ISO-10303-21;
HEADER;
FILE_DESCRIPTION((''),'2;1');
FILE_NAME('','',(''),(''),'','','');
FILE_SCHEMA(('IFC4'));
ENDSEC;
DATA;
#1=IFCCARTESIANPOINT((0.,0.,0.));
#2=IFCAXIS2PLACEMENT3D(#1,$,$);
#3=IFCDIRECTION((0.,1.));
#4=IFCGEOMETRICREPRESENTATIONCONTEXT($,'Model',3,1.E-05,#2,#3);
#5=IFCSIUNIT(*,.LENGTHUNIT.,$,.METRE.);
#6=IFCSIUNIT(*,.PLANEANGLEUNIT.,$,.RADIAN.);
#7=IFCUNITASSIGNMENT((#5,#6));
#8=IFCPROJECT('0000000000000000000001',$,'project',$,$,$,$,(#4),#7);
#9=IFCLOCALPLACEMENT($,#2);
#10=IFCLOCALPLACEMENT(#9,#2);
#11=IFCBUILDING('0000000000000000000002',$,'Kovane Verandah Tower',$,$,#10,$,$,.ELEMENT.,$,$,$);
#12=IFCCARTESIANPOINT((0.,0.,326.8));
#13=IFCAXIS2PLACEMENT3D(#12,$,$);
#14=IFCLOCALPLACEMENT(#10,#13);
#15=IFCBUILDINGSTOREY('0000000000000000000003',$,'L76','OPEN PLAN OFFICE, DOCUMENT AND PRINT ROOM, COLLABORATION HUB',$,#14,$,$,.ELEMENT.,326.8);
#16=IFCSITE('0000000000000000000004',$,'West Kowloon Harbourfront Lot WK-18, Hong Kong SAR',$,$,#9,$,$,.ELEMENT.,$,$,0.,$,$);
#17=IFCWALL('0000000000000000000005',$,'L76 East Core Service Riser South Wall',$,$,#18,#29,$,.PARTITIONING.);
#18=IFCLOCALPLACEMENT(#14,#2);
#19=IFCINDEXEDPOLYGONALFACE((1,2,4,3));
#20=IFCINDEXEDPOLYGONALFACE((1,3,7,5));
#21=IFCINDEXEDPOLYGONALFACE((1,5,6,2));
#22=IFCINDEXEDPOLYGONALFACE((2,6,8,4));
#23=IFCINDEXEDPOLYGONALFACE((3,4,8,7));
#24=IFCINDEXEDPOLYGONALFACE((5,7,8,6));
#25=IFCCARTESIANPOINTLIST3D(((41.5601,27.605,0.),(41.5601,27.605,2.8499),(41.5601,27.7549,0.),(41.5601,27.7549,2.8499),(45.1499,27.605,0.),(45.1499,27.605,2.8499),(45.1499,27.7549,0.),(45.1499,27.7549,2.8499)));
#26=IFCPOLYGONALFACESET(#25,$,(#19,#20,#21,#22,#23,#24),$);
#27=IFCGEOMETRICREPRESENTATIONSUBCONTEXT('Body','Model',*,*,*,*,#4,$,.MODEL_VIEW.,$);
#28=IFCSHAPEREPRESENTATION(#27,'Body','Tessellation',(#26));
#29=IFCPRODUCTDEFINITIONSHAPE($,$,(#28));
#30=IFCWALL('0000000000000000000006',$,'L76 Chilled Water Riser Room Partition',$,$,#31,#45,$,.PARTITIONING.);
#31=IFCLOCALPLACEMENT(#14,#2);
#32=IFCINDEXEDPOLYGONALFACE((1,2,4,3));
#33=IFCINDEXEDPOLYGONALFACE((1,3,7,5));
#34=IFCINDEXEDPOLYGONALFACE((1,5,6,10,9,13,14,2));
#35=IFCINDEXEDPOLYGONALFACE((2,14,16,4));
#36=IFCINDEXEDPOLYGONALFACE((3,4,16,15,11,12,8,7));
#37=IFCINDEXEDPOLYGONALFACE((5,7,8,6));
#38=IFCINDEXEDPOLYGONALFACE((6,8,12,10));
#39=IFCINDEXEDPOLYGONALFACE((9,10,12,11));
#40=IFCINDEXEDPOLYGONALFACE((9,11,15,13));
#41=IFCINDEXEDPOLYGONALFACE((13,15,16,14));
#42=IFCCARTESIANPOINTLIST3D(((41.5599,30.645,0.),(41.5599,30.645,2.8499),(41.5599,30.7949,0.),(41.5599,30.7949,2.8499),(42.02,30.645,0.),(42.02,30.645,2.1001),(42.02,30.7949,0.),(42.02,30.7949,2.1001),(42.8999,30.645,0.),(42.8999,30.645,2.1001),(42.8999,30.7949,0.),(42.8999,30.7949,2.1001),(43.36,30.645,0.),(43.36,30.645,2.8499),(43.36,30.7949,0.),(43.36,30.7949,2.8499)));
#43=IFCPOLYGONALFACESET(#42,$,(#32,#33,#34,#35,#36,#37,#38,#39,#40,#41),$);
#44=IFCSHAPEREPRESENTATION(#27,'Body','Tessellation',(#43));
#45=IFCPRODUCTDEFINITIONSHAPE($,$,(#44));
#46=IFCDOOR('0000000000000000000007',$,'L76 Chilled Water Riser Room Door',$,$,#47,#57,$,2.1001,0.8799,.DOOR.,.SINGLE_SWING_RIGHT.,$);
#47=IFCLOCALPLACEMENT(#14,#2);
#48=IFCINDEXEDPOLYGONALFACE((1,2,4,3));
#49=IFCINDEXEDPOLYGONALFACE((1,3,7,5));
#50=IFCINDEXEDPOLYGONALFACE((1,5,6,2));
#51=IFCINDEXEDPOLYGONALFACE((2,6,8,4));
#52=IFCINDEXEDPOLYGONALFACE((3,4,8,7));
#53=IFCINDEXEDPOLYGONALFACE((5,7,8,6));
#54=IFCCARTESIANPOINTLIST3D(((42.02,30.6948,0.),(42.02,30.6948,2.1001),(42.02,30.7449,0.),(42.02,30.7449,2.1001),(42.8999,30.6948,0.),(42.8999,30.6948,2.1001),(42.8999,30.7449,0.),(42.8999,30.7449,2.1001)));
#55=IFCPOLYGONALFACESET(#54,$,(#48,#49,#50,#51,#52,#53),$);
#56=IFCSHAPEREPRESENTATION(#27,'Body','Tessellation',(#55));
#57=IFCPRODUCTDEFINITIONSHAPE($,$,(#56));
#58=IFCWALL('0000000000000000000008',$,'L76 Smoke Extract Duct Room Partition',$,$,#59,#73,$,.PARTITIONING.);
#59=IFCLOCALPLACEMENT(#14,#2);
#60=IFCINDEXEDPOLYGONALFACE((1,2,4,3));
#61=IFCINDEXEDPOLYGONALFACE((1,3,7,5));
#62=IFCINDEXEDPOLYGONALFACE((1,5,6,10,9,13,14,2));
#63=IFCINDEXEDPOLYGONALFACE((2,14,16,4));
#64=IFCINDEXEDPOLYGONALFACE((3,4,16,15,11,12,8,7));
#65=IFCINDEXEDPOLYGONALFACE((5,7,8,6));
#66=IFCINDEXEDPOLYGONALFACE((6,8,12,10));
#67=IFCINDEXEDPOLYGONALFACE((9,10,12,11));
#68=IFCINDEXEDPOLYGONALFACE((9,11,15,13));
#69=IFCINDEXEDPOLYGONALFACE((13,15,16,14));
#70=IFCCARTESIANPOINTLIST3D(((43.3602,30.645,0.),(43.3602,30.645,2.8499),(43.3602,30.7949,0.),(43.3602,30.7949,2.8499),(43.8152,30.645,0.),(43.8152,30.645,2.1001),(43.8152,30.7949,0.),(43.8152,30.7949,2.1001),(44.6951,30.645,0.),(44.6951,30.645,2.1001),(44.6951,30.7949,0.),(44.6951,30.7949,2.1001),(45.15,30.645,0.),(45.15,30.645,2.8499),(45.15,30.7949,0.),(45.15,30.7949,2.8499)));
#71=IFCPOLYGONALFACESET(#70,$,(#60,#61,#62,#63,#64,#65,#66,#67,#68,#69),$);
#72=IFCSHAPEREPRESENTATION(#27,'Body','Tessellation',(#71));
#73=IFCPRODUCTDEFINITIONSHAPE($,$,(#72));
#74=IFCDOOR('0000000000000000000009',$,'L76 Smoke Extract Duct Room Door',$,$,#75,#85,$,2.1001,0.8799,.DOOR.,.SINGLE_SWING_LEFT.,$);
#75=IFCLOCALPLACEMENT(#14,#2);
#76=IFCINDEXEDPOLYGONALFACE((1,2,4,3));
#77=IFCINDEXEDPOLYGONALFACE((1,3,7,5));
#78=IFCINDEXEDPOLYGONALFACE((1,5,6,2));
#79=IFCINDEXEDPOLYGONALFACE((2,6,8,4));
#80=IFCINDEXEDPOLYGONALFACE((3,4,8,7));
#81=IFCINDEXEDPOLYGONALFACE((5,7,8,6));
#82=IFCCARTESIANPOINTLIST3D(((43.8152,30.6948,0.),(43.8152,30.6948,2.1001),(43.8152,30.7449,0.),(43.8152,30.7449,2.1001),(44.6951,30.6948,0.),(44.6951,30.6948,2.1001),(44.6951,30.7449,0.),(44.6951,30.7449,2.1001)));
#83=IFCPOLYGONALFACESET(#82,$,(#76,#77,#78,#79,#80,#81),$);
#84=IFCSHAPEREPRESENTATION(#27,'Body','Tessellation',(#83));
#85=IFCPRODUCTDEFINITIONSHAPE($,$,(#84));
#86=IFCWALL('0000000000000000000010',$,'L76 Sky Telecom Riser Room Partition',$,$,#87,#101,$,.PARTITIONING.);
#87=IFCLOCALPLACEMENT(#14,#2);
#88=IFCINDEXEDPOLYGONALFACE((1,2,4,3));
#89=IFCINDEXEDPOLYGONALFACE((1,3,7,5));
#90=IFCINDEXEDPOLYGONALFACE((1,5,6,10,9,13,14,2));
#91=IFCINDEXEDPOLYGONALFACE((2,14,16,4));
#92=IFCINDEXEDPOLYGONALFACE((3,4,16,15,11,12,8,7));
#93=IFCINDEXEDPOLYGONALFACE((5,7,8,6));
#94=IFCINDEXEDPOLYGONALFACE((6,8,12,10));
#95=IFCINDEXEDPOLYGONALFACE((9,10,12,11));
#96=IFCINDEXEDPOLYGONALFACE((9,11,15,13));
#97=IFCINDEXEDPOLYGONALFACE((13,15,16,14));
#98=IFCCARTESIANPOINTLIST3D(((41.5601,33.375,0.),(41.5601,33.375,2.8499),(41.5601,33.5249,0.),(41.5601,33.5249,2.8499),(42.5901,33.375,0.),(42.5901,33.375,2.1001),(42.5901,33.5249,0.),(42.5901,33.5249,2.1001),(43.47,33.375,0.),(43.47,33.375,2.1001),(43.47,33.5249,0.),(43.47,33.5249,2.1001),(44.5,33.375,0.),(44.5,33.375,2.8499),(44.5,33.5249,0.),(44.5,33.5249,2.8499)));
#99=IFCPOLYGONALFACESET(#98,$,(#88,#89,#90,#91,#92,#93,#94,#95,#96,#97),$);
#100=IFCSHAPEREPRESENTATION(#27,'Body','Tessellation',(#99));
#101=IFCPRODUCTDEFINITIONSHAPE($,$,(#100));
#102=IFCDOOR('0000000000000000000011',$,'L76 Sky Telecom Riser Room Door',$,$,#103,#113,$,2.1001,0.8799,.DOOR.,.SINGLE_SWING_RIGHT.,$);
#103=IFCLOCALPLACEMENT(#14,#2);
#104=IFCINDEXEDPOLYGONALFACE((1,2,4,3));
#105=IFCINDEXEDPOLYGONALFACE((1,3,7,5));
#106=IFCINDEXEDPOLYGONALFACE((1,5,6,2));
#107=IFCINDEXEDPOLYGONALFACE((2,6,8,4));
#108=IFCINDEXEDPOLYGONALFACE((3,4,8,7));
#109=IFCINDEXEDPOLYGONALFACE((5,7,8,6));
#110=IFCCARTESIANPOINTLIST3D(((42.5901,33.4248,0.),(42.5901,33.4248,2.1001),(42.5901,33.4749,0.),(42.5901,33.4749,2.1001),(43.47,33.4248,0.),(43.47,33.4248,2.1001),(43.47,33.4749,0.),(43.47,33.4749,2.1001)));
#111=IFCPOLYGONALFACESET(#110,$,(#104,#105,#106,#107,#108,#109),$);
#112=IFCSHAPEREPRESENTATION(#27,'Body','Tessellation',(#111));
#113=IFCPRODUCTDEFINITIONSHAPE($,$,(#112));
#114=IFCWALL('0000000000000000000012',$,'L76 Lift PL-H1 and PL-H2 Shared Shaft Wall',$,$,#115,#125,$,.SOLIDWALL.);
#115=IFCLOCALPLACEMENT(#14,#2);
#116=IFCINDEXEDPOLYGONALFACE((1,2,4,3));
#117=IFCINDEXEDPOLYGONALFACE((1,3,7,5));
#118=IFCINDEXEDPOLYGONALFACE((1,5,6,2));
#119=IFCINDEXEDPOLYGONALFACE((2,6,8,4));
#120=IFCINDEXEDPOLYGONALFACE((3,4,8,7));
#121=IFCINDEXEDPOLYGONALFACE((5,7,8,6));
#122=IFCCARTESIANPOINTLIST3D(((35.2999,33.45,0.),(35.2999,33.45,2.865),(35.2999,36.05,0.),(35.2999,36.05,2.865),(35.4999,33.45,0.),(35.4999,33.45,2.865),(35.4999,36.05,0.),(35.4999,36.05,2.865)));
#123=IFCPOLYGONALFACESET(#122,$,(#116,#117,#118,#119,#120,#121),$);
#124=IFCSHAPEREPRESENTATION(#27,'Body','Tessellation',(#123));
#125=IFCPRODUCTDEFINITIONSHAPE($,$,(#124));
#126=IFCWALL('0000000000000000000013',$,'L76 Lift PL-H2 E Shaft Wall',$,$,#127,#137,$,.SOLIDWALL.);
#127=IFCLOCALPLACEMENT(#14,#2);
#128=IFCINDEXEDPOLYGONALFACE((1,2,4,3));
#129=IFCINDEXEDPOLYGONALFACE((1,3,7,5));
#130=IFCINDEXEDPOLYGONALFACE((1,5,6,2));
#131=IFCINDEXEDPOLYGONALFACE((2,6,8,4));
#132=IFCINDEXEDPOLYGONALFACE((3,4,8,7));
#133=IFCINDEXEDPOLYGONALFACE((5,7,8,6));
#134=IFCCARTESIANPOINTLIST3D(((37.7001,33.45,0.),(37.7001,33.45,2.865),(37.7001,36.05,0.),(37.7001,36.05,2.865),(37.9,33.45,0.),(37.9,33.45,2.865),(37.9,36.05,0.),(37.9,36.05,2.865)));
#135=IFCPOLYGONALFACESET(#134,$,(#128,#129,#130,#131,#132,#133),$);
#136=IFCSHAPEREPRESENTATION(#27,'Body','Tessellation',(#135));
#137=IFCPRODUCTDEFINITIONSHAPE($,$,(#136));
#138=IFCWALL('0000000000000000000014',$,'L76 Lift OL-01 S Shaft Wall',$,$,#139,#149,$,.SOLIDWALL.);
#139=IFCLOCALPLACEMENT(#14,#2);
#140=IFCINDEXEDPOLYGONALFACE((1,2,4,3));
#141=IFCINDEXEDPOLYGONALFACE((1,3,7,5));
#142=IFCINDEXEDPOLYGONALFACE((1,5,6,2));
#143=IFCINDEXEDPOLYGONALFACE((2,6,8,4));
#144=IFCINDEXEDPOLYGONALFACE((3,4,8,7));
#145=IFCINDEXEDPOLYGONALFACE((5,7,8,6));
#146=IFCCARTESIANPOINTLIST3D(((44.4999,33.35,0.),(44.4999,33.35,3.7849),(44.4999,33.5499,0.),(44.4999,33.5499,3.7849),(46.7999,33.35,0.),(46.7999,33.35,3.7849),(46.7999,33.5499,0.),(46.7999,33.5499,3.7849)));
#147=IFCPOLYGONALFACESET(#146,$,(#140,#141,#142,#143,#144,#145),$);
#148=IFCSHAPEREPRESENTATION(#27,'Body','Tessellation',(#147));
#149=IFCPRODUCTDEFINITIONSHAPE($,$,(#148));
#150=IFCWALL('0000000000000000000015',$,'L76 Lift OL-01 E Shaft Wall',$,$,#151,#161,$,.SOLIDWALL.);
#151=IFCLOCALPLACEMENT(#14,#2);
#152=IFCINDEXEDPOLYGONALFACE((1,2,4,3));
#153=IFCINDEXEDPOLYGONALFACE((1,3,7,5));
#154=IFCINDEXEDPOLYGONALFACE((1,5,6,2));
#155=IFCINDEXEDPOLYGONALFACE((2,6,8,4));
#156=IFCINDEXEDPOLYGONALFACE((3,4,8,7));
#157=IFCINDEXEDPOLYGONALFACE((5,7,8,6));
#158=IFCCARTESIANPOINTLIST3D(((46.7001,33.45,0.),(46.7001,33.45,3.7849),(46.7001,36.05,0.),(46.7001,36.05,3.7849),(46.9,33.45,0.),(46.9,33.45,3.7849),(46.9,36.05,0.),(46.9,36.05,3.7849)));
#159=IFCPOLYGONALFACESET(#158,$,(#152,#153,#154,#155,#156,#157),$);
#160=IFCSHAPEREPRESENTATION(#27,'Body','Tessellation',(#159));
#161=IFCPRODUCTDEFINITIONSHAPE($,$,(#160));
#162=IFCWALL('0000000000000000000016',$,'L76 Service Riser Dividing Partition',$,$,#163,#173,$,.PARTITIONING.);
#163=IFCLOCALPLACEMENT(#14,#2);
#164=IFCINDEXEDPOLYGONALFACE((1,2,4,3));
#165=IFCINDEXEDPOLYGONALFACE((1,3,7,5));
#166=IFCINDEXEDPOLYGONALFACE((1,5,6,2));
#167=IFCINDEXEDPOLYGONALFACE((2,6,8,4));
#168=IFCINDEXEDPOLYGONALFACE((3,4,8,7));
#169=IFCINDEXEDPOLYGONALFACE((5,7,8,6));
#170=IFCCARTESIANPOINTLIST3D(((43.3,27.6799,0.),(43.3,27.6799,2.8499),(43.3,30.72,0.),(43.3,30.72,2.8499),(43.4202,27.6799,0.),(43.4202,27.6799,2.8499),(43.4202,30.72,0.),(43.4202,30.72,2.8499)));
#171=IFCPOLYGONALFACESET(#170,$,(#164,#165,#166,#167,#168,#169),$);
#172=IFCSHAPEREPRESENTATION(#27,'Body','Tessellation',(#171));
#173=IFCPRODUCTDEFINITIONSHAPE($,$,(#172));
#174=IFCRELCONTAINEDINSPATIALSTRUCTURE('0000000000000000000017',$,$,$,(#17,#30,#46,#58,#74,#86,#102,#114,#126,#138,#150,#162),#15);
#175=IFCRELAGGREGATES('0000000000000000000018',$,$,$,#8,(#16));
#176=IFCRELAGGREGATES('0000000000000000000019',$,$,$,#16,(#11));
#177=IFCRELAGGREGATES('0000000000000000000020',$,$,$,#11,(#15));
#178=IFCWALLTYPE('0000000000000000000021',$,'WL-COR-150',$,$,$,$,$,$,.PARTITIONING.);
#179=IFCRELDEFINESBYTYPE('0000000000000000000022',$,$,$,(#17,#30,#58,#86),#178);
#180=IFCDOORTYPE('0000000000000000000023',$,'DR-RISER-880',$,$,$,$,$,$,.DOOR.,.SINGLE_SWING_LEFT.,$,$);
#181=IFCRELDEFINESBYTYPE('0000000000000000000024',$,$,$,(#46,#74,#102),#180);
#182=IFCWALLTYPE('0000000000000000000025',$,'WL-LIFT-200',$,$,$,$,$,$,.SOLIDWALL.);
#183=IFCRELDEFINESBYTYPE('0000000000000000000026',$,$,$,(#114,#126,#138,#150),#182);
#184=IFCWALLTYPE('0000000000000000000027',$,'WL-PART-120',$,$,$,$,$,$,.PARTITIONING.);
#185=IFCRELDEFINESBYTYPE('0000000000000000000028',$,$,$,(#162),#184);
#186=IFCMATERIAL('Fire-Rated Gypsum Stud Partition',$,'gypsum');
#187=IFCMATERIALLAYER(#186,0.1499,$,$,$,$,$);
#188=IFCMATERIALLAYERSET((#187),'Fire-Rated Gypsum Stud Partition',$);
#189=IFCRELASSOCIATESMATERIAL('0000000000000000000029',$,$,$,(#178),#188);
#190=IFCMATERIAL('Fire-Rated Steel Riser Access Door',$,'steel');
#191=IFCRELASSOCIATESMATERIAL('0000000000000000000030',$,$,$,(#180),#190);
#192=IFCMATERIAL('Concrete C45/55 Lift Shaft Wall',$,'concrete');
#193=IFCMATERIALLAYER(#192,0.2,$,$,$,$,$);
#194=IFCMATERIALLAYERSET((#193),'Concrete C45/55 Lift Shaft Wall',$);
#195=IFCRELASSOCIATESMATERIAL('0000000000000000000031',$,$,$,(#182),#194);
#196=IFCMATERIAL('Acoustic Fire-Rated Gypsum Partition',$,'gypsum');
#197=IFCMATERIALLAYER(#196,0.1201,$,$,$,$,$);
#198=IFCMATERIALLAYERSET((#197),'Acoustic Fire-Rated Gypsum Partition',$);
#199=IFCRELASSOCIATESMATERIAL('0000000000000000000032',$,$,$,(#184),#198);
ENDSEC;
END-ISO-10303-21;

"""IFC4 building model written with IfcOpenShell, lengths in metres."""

from ifc_helpers import new_model, si_unit, direction, frame, frame_2d, origin, place, context, subcontext, project, spatial, rectangle, extrude, material, layer, layer_set, type_object, element, fill, save


model = new_model("IFC4")

# Units and contexts
model_context = context("Model", 3, precision=1e-05, world=origin(), true_north=direction((0.0, 1.0)))
body_context = subcontext(model_context, "Body", "Model", "MODEL_VIEW")
ifc_project = project(units=[si_unit("LENGTHUNIT", "METRE"), si_unit("PLANEANGLEUNIT", "RADIAN")], contexts=[model_context])

# Site, building, storey
site_placement = place(None, origin())
site = spatial("IfcSite", under=ifc_project, at=site_placement, Name="West Kowloon Harbourfront Lot WK-18, Hong Kong SAR", CompositionType="ELEMENT", RefElevation=0.0)
building_placement = place(site_placement, origin())
building = spatial("IfcBuilding", under=site, at=building_placement, Name="Kovane Verandah Tower", CompositionType="ELEMENT")
storey_placement = place(building_placement, frame((0.0, 0.0, 326.8)))
storey = spatial("IfcBuildingStorey", under=building, at=storey_placement, Name="L76", Description="OPEN PLAN OFFICE, DOCUMENT AND PRINT ROOM, COLLABORATION HUB", CompositionType="ELEMENT", Elevation=326.8)

# Wall
ifc_material_1 = material(Name="Fire-Rated Gypsum Stud Partition", Category="gypsum")
ifc_layer_1 = layer(ifc_material_1, 0.1499)
ifc_layer_set_1 = layer_set([ifc_layer_1], Name="Fire-Rated Gypsum Stud Partition")
wall_type_1 = type_object("IfcWallType", Name="WL-COR-150", PredefinedType="PARTITIONING", material=ifc_layer_set_1)
wall_1_placement = place(storey_placement, frame((41.5601, 27.6799, 0.0), z_axis=(0.0, 0.0, 1.0), x_axis=(1.0, 0.0, 0.0)))
element("IfcWall", 1, at=wall_1_placement, inside=storey, type_object=wall_type_1, Name="L76 East Core Service Riser South Wall", PredefinedType="PARTITIONING", context=body_context, shape_type="SweptSolid", body=[
    extrude(rectangle(XDim=3.5898, YDim=0.1499, at=frame_2d((1.7949, 0.0))), origin(), (0.0, 0.0, 1.0), 2.8499),
])

# Walls, openings, doors
wall_2_placement = place(storey_placement, frame((41.5601, 30.72, 0.0), z_axis=(0.0, 0.0, 1.0), x_axis=(1.0, 0.0, 0.0)))
wall_2 = element("IfcWall", 2, at=wall_2_placement, inside=storey, type_object=wall_type_1, Name="L76 Chilled Water Riser Room Partition", PredefinedType="PARTITIONING", context=body_context, shape_type="SweptSolid", body=[
    extrude(rectangle(XDim=1.8, YDim=0.1499, at=frame_2d((0.8999, 0.0))), origin(), (0.0, 0.0, 1.0), 2.8499),
])
opening_1_placement = place(wall_2_placement, frame((0.46, 0.0, 0.0)))
opening_1 = element("IfcOpeningElement", 3, at=opening_1_placement, cuts=wall_2, PredefinedType="OPENING", context=body_context, shape_type="SweptSolid", body=[
    extrude(rectangle(XDim=0.8799, YDim=2.1001, at=frame_2d((0.4399, 1.05))), frame((0.0, 0.075, 0.0), z_axis=(0.0, -1.0, 0.0), x_axis=(1.0, 0.0, 0.0)), (0.0, 0.0, 1.0), 0.1499),
])
ifc_material_2 = material(Name="Fire-Rated Steel Riser Access Door", Category="steel")
door_type_1 = type_object("IfcDoorType", Name="DR-RISER-880", OperationType="SINGLE_SWING_LEFT", PredefinedType="DOOR", material=ifc_material_2)
door_1_placement = place(opening_1_placement, origin())
door_1 = element("IfcDoor", 4, at=door_1_placement, inside=storey, type_object=door_type_1, Name="L76 Chilled Water Riser Room Door", OperationType="SINGLE_SWING_RIGHT", OverallHeight=2.1001, OverallWidth=0.8799, PredefinedType="DOOR", context=body_context, shape_type="SweptSolid", body=[
    extrude(rectangle(XDim=0.8799, YDim=2.1001, at=frame_2d((0.4399, 1.05))), frame((0.0, 0.0249, 0.0), z_axis=(0.0, -1.0, 0.0), x_axis=(1.0, 0.0, 0.0)), (0.0, 0.0, 1.0), 0.05),
])
fill(opening_1, door_1)
wall_3_placement = place(storey_placement, frame((43.3601, 30.72, 0.0), z_axis=(0.0, 0.0, 1.0), x_axis=(1.0, 0.0, 0.0)))
wall_3 = element("IfcWall", 5, at=wall_3_placement, inside=storey, type_object=wall_type_1, Name="L76 Smoke Extract Duct Room Partition", PredefinedType="PARTITIONING", context=body_context, shape_type="SweptSolid", body=[
    extrude(rectangle(XDim=1.7898, YDim=0.1499, at=frame_2d((0.895, 0.0))), origin(), (0.0, 0.0, 1.0), 2.8499),
])
opening_2_placement = place(wall_3_placement, frame((0.4551, 0.0, 0.0)))
opening_2 = element("IfcOpeningElement", 6, at=opening_2_placement, cuts=wall_3, PredefinedType="OPENING", context=body_context, shape_type="SweptSolid", body=[
    extrude(rectangle(XDim=0.8799, YDim=2.1001, at=frame_2d((0.4399, 1.05))), frame((0.0, 0.075, 0.0), z_axis=(0.0, -1.0, 0.0), x_axis=(1.0, 0.0, 0.0)), (0.0, 0.0, 1.0), 0.1499),
])
door_2_placement = place(opening_2_placement, origin())
door_2 = element("IfcDoor", 7, at=door_2_placement, inside=storey, type_object=door_type_1, Name="L76 Smoke Extract Duct Room Door", OperationType="SINGLE_SWING_LEFT", OverallHeight=2.1001, OverallWidth=0.8799, PredefinedType="DOOR", context=body_context, shape_type="SweptSolid", body=[
    extrude(rectangle(XDim=0.8799, YDim=2.1001, at=frame_2d((0.4399, 1.05))), frame((0.0, 0.0249, 0.0), z_axis=(0.0, -1.0, 0.0), x_axis=(1.0, 0.0, 0.0)), (0.0, 0.0, 1.0), 0.05),
])
fill(opening_2, door_2)
wall_4_placement = place(storey_placement, frame((41.5601, 33.45, 0.0), z_axis=(0.0, 0.0, 1.0), x_axis=(1.0, 0.0, 0.0)))
wall_4 = element("IfcWall", 8, at=wall_4_placement, inside=storey, type_object=wall_type_1, Name="L76 Sky Telecom Riser Room Partition", PredefinedType="PARTITIONING", context=body_context, shape_type="SweptSolid", body=[
    extrude(rectangle(XDim=2.9399, YDim=0.1499, at=frame_2d((1.47, 0.0))), origin(), (0.0, 0.0, 1.0), 2.8499),
])
opening_3_placement = place(wall_4_placement, frame((1.03, 0.0, 0.0)))
opening_3 = element("IfcOpeningElement", 9, at=opening_3_placement, cuts=wall_4, PredefinedType="OPENING", context=body_context, shape_type="SweptSolid", body=[
    extrude(rectangle(XDim=0.8799, YDim=2.1001, at=frame_2d((0.4399, 1.05))), frame((0.0, 0.075, 0.0), z_axis=(0.0, -1.0, 0.0), x_axis=(1.0, 0.0, 0.0)), (0.0, 0.0, 1.0), 0.1499),
])
door_3_placement = place(opening_3_placement, origin())
door_3 = element("IfcDoor", 10, at=door_3_placement, inside=storey, type_object=door_type_1, Name="L76 Sky Telecom Riser Room Door", OperationType="SINGLE_SWING_RIGHT", OverallHeight=2.1001, OverallWidth=0.8799, PredefinedType="DOOR", context=body_context, shape_type="SweptSolid", body=[
    extrude(rectangle(XDim=0.8799, YDim=2.1001, at=frame_2d((0.4399, 1.05))), frame((0.0, 0.0249, 0.0), z_axis=(0.0, -1.0, 0.0), x_axis=(1.0, 0.0, 0.0)), (0.0, 0.0, 1.0), 0.05),
])
fill(opening_3, door_3)

# Wall
ifc_material_3 = material(Name="Concrete C45/55 Lift Shaft Wall", Category="concrete")
ifc_layer_2 = layer(ifc_material_3, 0.2)
ifc_layer_set_2 = layer_set([ifc_layer_2], Name="Concrete C45/55 Lift Shaft Wall")
wall_type_2 = type_object("IfcWallType", Name="WL-LIFT-200", PredefinedType="SOLIDWALL", material=ifc_layer_set_2)
wall_5_placement = place(storey_placement, frame((35.3999, 33.45, 0.0), z_axis=(0.0, 0.0, 1.0), x_axis=(0.0, 1.0, 0.0)))
element("IfcWall", 11, at=wall_5_placement, inside=storey, type_object=wall_type_2, Name="L76 Lift PL-H1 and PL-H2 Shared Shaft Wall", PredefinedType="SOLIDWALL", context=body_context, shape_type="SweptSolid", body=[
    extrude(rectangle(XDim=2.6001, YDim=0.2, at=frame_2d((1.3, 0.0))), origin(), (0.0, 0.0, 1.0), 2.865),
])

# Walls
wall_6_placement = place(storey_placement, frame((37.8, 33.45, 0.0), z_axis=(0.0, 0.0, 1.0), x_axis=(0.0, 1.0, 0.0)))
element("IfcWall", 12, at=wall_6_placement, inside=storey, type_object=wall_type_2, Name="L76 Lift PL-H2 E Shaft Wall", PredefinedType="SOLIDWALL", context=body_context, shape_type="SweptSolid", body=[
    extrude(rectangle(XDim=2.6001, YDim=0.2, at=frame_2d((1.3, 0.0))), origin(), (0.0, 0.0, 1.0), 2.865),
])
wall_7_placement = place(storey_placement, frame((44.5, 33.45, 0.0), z_axis=(0.0, 0.0, 1.0), x_axis=(1.0, 0.0, 0.0)))
element("IfcWall", 13, at=wall_7_placement, inside=storey, type_object=wall_type_2, Name="L76 Lift OL-01 S Shaft Wall", PredefinedType="SOLIDWALL", context=body_context, shape_type="SweptSolid", body=[
    extrude(rectangle(XDim=2.3, YDim=0.2, at=frame_2d((1.1499, 0.0))), origin(), (0.0, 0.0, 1.0), 3.7849),
])
wall_8_placement = place(storey_placement, frame((46.8, 33.45, 0.0), z_axis=(0.0, 0.0, 1.0), x_axis=(0.0, 1.0, 0.0)))
element("IfcWall", 14, at=wall_8_placement, inside=storey, type_object=wall_type_2, Name="L76 Lift OL-01 E Shaft Wall", PredefinedType="SOLIDWALL", context=body_context, shape_type="SweptSolid", body=[
    extrude(rectangle(XDim=2.6001, YDim=0.2, at=frame_2d((1.3, 0.0))), origin(), (0.0, 0.0, 1.0), 3.7849),
])
ifc_material_4 = material(Name="Acoustic Fire-Rated Gypsum Partition", Category="gypsum")
ifc_layer_3 = layer(ifc_material_4, 0.1201)
ifc_layer_set_3 = layer_set([ifc_layer_3], Name="Acoustic Fire-Rated Gypsum Partition")
wall_type_3 = type_object("IfcWallType", Name="WL-PART-120", PredefinedType="PARTITIONING", material=ifc_layer_set_3)
wall_9_placement = place(storey_placement, frame((43.3601, 27.6799, 0.0), z_axis=(0.0, 0.0, 1.0), x_axis=(0.0, 1.0, 0.0)))
element("IfcWall", 15, at=wall_9_placement, inside=storey, type_object=wall_type_3, Name="L76 Service Riser Dividing Partition", PredefinedType="PARTITIONING", context=body_context, shape_type="SweptSolid", body=[
    extrude(rectangle(XDim=3.04, YDim=0.1201, at=frame_2d((1.52, 0.0))), origin(), (0.0, 0.0, 1.0), 2.8499),
])

save(model, "model.ifc")
